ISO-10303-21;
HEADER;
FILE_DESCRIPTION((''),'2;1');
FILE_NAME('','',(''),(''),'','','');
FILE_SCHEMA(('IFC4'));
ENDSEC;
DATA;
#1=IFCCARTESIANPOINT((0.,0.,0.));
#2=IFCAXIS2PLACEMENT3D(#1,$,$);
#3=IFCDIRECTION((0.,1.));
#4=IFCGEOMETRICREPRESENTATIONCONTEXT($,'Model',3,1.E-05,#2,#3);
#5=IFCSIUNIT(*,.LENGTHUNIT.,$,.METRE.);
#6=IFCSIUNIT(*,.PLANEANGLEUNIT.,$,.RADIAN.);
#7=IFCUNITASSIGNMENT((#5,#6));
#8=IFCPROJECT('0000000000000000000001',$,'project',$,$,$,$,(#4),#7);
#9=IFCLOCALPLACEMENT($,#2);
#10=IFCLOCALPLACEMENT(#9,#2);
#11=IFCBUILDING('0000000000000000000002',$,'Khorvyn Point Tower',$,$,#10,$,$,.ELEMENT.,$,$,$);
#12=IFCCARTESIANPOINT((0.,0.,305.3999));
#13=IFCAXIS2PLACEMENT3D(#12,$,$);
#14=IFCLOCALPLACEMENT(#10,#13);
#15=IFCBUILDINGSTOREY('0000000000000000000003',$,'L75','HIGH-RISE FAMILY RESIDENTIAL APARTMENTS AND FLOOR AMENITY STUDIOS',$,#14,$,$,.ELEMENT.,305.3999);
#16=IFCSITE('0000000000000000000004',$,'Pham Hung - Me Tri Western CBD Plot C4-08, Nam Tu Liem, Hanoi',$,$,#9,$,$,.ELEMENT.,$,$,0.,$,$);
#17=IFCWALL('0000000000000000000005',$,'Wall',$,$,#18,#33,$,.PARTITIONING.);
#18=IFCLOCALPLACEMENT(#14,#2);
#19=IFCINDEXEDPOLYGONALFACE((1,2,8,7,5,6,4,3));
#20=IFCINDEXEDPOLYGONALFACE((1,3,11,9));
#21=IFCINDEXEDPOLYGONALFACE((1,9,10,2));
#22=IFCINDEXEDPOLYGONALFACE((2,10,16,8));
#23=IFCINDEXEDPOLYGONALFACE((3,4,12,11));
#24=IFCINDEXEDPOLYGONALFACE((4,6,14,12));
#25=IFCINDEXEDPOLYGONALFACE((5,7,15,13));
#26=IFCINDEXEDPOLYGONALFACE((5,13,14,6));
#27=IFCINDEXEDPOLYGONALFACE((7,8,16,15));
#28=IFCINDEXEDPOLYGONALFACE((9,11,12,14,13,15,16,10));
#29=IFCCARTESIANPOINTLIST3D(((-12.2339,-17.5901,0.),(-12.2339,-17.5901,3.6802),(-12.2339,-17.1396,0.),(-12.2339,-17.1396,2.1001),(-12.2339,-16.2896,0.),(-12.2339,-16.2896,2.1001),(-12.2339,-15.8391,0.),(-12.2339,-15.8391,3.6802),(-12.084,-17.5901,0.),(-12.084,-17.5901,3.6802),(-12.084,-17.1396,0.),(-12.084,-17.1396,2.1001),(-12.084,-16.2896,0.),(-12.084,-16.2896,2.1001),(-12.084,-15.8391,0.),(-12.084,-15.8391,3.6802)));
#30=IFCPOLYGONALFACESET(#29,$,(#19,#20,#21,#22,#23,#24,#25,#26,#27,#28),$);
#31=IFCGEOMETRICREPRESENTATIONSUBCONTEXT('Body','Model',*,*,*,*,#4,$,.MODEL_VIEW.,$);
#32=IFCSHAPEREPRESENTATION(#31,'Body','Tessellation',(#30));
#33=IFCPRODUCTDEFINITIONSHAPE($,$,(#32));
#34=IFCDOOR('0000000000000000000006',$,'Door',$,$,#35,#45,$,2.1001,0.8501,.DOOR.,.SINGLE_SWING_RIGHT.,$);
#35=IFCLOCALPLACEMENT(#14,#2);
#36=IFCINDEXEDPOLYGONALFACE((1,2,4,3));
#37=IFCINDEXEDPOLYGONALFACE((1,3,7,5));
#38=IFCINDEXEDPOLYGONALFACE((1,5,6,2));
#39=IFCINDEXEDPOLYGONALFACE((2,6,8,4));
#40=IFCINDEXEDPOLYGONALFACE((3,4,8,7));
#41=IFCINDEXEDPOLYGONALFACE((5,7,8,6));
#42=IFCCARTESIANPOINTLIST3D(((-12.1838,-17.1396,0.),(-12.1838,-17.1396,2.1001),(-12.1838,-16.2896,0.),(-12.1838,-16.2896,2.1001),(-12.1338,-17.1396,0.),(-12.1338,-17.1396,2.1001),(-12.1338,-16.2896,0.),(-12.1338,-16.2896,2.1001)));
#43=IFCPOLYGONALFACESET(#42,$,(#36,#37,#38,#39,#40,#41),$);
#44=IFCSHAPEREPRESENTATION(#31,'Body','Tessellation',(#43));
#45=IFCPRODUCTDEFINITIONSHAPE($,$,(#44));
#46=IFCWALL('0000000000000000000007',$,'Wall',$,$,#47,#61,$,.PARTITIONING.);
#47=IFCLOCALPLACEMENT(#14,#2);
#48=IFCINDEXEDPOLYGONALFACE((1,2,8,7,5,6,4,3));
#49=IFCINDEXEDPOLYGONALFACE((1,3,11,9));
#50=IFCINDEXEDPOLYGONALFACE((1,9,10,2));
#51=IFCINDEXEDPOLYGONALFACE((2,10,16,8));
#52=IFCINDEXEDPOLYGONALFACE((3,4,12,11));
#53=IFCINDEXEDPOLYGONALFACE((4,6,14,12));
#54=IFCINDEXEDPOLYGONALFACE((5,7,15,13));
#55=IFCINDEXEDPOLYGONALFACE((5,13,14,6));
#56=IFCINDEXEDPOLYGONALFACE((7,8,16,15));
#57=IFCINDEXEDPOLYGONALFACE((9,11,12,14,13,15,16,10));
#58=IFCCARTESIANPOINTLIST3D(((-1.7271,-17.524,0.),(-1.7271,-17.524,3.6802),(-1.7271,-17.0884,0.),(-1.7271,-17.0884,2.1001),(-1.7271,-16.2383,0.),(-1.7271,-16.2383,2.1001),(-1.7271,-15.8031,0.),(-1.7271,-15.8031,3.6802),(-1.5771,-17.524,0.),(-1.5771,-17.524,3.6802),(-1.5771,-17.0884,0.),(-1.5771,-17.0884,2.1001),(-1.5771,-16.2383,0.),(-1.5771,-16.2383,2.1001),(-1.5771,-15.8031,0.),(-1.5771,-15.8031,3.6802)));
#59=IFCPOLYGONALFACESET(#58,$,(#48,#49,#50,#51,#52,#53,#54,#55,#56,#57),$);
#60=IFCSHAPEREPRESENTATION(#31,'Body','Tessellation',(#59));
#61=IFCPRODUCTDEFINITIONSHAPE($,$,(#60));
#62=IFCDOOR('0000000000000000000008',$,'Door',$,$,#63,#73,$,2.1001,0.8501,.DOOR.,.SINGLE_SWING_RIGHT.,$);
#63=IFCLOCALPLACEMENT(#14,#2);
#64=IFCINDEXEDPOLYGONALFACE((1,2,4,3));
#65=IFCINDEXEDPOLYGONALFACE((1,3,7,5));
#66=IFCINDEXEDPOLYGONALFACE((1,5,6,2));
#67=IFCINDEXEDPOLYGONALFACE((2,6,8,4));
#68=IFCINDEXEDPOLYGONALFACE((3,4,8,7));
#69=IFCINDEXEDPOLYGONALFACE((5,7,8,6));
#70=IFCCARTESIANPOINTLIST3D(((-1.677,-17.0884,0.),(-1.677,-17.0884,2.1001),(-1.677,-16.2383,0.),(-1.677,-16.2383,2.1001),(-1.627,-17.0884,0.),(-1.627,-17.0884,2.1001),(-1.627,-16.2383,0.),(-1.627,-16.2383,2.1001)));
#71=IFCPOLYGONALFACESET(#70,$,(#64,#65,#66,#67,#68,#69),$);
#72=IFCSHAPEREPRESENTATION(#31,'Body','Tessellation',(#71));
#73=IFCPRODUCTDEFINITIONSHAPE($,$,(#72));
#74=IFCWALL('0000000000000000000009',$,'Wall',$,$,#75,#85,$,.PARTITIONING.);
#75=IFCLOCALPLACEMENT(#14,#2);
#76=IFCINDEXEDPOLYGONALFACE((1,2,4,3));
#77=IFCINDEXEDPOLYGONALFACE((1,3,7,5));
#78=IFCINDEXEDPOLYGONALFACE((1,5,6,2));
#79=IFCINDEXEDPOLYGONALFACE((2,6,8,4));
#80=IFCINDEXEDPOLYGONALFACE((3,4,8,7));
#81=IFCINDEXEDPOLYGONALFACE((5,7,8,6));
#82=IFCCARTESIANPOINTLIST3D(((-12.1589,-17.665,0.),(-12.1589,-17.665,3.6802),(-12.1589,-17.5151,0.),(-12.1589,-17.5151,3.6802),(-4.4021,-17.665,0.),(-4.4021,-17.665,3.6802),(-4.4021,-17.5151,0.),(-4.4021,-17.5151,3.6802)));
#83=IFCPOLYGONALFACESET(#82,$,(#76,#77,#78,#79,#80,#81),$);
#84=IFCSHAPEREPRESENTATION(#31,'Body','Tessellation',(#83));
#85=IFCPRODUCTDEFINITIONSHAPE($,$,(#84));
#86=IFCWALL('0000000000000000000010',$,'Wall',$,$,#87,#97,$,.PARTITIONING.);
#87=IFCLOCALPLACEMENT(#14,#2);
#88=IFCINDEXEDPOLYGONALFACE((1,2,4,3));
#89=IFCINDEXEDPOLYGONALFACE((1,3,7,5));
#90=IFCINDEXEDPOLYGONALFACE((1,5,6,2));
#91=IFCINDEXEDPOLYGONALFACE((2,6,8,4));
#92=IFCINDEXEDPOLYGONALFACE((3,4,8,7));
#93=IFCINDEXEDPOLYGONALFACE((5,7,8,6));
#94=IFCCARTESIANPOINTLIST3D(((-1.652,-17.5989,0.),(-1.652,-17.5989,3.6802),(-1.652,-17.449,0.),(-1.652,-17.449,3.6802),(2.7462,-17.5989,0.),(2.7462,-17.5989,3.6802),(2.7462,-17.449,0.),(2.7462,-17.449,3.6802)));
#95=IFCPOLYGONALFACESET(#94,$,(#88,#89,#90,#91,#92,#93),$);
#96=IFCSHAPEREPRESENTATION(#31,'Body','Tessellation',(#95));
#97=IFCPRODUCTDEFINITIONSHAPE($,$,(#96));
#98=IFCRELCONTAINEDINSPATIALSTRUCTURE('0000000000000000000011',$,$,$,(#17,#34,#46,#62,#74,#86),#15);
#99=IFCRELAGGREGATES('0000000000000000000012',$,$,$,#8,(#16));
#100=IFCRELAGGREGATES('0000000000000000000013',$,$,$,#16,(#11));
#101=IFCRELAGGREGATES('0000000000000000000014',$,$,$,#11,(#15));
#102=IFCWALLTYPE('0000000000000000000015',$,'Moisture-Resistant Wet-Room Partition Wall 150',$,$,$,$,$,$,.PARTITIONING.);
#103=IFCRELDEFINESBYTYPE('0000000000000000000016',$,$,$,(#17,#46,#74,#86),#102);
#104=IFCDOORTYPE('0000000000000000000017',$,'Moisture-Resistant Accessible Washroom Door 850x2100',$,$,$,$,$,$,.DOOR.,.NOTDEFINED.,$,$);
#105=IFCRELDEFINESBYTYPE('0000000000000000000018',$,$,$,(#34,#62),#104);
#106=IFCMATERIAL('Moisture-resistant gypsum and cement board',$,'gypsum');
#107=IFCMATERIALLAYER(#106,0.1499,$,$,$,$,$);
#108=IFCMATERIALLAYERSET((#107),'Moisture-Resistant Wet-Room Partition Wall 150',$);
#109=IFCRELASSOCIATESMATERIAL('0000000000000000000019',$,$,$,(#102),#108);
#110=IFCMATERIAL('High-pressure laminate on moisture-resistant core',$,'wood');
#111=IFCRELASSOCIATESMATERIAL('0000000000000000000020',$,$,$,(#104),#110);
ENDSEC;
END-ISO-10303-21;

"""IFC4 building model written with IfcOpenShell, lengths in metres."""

from ifc_helpers import new_model, si_unit, direction, frame, frame_2d, origin, place, context, subcontext, project, spatial, rectangle, extrude, material, layer, layer_set, type_object, element, fill, save


model = new_model("IFC4")

# Units and contexts
model_context = context("Model", 3, precision=1e-05, world=origin(), true_north=direction((0.0, 1.0)))
body_context = subcontext(model_context, "Body", "Model", "MODEL_VIEW")
ifc_project = project(units=[si_unit("LENGTHUNIT", "METRE"), si_unit("PLANEANGLEUNIT", "RADIAN")], contexts=[model_context])

# Site, building, storey
site_placement = place(None, origin())
site = spatial("IfcSite", under=ifc_project, at=site_placement, Name="Pham Hung - Me Tri Western CBD Plot C4-08, Nam Tu Liem, Hanoi", CompositionType="ELEMENT", RefElevation=0.0)
building_placement = place(site_placement, origin())
building = spatial("IfcBuilding", under=site, at=building_placement, Name="Khorvyn Point Tower", CompositionType="ELEMENT")
storey_placement = place(building_placement, frame((0.0, 0.0, 305.3999)))
storey = spatial("IfcBuildingStorey", under=building, at=storey_placement, Name="L75", Description="HIGH-RISE FAMILY RESIDENTIAL APARTMENTS AND FLOOR AMENITY STUDIOS", CompositionType="ELEMENT", Elevation=305.3999)

# Walls, openings, doors
ifc_material_1 = material(Name="Moisture-resistant gypsum and cement board", Category="gypsum")
ifc_layer_1 = layer(ifc_material_1, 0.1499)
ifc_layer_set_1 = layer_set([ifc_layer_1], Name="Moisture-Resistant Wet-Room Partition Wall 150")
wall_type_1 = type_object("IfcWallType", Name="Moisture-Resistant Wet-Room Partition Wall 150", PredefinedType="PARTITIONING", material=ifc_layer_set_1)
wall_1_placement = place(storey_placement, frame((-12.1589, -17.5901, 0.0), z_axis=(0.0, 0.0, 1.0), x_axis=(0.0, 1.0, 0.0)))
wall_1 = element("IfcWall", 1, at=wall_1_placement, inside=storey, type_object=wall_type_1, Name="Wall", PredefinedType="PARTITIONING", context=body_context, shape_type="SweptSolid", body=[
    extrude(rectangle(XDim=1.751, YDim=0.1499, at=frame_2d((0.8755, 0.0))), origin(), (0.0, 0.0, 1.0), 3.6802),
])
opening_1_placement = place(wall_1_placement, frame((0.4504, 0.0, 0.0)))
opening_1 = element("IfcOpeningElement", 2, at=opening_1_placement, cuts=wall_1, PredefinedType="OPENING", context=body_context, shape_type="SweptSolid", body=[
    extrude(rectangle(XDim=0.8501, YDim=2.1001, at=frame_2d((0.425, 1.05))), frame((0.0, 0.085, 0.0), z_axis=(0.0, -1.0, 0.0), x_axis=(1.0, 0.0, 0.0)), (0.0, 0.0, 1.0), 0.1699),
])
ifc_material_2 = material(Name="High-pressure laminate on moisture-resistant core", Category="wood")
door_type_1 = type_object("IfcDoorType", Name="Moisture-Resistant Accessible Washroom Door 850x2100", OperationType="NOTDEFINED", PredefinedType="DOOR", material=ifc_material_2)
door_1_placement = place(opening_1_placement, origin())
door_1 = element("IfcDoor", 3, at=door_1_placement, inside=storey, type_object=door_type_1, Name="Door", OperationType="SINGLE_SWING_RIGHT", OverallHeight=2.1001, OverallWidth=0.8501, PredefinedType="DOOR", context=body_context, shape_type="SweptSolid", body=[
    extrude(rectangle(XDim=0.8501, YDim=2.1001, at=frame_2d((0.425, 1.05))), frame((0.0, 0.0249, 0.0), z_axis=(0.0, -1.0, 0.0), x_axis=(1.0, 0.0, 0.0)), (0.0, 0.0, 1.0), 0.05),
])
fill(opening_1, door_1)
wall_2_placement = place(storey_placement, frame((-1.6521, -17.5239, 0.0), z_axis=(0.0, 0.0, 1.0), x_axis=(0.0, 1.0, 0.0)))
wall_2 = element("IfcWall", 4, at=wall_2_placement, inside=storey, type_object=wall_type_1, Name="Wall", PredefinedType="PARTITIONING", context=body_context, shape_type="SweptSolid", body=[
    extrude(rectangle(XDim=1.7209, YDim=0.1499, at=frame_2d((0.8604, 0.0))), origin(), (0.0, 0.0, 1.0), 3.6802),
])
opening_2_placement = place(wall_2_placement, frame((0.4355, 0.0, 0.0)))
opening_2 = element("IfcOpeningElement", 5, at=opening_2_placement, cuts=wall_2, PredefinedType="OPENING", context=body_context, shape_type="SweptSolid", body=[
    extrude(rectangle(XDim=0.8501, YDim=2.1001, at=frame_2d((0.425, 1.05))), frame((0.0, 0.085, 0.0), z_axis=(0.0, -1.0, 0.0), x_axis=(1.0, 0.0, 0.0)), (0.0, 0.0, 1.0), 0.1699),
])
door_2_placement = place(opening_2_placement, origin())
door_2 = element("IfcDoor", 6, at=door_2_placement, inside=storey, type_object=door_type_1, Name="Door", OperationType="SINGLE_SWING_RIGHT", OverallHeight=2.1001, OverallWidth=0.8501, PredefinedType="DOOR", context=body_context, shape_type="SweptSolid", body=[
    extrude(rectangle(XDim=0.8501, YDim=2.1001, at=frame_2d((0.425, 1.05))), frame((0.0, 0.0249, 0.0), z_axis=(0.0, -1.0, 0.0), x_axis=(1.0, 0.0, 0.0)), (0.0, 0.0, 1.0), 0.05),
])
fill(opening_2, door_2)

# Walls
wall_3_placement = place(storey_placement, frame((-12.1589, -17.5901, 0.0), z_axis=(0.0, 0.0, 1.0), x_axis=(1.0, 0.0, 0.0)))
element("IfcWall", 7, at=wall_3_placement, inside=storey, type_object=wall_type_1, Name="Wall", PredefinedType="PARTITIONING", context=body_context, shape_type="SweptSolid", body=[
    extrude(rectangle(XDim=7.7568, YDim=0.1499, at=frame_2d((3.8784, 0.0))), origin(), (0.0, 0.0, 1.0), 3.6802),
])
wall_4_placement = place(storey_placement, frame((-1.6521, -17.5239, 0.0), z_axis=(0.0, 0.0, 1.0), x_axis=(1.0, 0.0, 0.0)))
element("IfcWall", 8, at=wall_4_placement, inside=storey, type_object=wall_type_1, Name="Wall", PredefinedType="PARTITIONING", context=body_context, shape_type="SweptSolid", body=[
    extrude(rectangle(XDim=4.3982, YDim=0.1499, at=frame_2d((2.1992, 0.0))), origin(), (0.0, 0.0, 1.0), 3.6802),
])

save(model, "model.ifc")
